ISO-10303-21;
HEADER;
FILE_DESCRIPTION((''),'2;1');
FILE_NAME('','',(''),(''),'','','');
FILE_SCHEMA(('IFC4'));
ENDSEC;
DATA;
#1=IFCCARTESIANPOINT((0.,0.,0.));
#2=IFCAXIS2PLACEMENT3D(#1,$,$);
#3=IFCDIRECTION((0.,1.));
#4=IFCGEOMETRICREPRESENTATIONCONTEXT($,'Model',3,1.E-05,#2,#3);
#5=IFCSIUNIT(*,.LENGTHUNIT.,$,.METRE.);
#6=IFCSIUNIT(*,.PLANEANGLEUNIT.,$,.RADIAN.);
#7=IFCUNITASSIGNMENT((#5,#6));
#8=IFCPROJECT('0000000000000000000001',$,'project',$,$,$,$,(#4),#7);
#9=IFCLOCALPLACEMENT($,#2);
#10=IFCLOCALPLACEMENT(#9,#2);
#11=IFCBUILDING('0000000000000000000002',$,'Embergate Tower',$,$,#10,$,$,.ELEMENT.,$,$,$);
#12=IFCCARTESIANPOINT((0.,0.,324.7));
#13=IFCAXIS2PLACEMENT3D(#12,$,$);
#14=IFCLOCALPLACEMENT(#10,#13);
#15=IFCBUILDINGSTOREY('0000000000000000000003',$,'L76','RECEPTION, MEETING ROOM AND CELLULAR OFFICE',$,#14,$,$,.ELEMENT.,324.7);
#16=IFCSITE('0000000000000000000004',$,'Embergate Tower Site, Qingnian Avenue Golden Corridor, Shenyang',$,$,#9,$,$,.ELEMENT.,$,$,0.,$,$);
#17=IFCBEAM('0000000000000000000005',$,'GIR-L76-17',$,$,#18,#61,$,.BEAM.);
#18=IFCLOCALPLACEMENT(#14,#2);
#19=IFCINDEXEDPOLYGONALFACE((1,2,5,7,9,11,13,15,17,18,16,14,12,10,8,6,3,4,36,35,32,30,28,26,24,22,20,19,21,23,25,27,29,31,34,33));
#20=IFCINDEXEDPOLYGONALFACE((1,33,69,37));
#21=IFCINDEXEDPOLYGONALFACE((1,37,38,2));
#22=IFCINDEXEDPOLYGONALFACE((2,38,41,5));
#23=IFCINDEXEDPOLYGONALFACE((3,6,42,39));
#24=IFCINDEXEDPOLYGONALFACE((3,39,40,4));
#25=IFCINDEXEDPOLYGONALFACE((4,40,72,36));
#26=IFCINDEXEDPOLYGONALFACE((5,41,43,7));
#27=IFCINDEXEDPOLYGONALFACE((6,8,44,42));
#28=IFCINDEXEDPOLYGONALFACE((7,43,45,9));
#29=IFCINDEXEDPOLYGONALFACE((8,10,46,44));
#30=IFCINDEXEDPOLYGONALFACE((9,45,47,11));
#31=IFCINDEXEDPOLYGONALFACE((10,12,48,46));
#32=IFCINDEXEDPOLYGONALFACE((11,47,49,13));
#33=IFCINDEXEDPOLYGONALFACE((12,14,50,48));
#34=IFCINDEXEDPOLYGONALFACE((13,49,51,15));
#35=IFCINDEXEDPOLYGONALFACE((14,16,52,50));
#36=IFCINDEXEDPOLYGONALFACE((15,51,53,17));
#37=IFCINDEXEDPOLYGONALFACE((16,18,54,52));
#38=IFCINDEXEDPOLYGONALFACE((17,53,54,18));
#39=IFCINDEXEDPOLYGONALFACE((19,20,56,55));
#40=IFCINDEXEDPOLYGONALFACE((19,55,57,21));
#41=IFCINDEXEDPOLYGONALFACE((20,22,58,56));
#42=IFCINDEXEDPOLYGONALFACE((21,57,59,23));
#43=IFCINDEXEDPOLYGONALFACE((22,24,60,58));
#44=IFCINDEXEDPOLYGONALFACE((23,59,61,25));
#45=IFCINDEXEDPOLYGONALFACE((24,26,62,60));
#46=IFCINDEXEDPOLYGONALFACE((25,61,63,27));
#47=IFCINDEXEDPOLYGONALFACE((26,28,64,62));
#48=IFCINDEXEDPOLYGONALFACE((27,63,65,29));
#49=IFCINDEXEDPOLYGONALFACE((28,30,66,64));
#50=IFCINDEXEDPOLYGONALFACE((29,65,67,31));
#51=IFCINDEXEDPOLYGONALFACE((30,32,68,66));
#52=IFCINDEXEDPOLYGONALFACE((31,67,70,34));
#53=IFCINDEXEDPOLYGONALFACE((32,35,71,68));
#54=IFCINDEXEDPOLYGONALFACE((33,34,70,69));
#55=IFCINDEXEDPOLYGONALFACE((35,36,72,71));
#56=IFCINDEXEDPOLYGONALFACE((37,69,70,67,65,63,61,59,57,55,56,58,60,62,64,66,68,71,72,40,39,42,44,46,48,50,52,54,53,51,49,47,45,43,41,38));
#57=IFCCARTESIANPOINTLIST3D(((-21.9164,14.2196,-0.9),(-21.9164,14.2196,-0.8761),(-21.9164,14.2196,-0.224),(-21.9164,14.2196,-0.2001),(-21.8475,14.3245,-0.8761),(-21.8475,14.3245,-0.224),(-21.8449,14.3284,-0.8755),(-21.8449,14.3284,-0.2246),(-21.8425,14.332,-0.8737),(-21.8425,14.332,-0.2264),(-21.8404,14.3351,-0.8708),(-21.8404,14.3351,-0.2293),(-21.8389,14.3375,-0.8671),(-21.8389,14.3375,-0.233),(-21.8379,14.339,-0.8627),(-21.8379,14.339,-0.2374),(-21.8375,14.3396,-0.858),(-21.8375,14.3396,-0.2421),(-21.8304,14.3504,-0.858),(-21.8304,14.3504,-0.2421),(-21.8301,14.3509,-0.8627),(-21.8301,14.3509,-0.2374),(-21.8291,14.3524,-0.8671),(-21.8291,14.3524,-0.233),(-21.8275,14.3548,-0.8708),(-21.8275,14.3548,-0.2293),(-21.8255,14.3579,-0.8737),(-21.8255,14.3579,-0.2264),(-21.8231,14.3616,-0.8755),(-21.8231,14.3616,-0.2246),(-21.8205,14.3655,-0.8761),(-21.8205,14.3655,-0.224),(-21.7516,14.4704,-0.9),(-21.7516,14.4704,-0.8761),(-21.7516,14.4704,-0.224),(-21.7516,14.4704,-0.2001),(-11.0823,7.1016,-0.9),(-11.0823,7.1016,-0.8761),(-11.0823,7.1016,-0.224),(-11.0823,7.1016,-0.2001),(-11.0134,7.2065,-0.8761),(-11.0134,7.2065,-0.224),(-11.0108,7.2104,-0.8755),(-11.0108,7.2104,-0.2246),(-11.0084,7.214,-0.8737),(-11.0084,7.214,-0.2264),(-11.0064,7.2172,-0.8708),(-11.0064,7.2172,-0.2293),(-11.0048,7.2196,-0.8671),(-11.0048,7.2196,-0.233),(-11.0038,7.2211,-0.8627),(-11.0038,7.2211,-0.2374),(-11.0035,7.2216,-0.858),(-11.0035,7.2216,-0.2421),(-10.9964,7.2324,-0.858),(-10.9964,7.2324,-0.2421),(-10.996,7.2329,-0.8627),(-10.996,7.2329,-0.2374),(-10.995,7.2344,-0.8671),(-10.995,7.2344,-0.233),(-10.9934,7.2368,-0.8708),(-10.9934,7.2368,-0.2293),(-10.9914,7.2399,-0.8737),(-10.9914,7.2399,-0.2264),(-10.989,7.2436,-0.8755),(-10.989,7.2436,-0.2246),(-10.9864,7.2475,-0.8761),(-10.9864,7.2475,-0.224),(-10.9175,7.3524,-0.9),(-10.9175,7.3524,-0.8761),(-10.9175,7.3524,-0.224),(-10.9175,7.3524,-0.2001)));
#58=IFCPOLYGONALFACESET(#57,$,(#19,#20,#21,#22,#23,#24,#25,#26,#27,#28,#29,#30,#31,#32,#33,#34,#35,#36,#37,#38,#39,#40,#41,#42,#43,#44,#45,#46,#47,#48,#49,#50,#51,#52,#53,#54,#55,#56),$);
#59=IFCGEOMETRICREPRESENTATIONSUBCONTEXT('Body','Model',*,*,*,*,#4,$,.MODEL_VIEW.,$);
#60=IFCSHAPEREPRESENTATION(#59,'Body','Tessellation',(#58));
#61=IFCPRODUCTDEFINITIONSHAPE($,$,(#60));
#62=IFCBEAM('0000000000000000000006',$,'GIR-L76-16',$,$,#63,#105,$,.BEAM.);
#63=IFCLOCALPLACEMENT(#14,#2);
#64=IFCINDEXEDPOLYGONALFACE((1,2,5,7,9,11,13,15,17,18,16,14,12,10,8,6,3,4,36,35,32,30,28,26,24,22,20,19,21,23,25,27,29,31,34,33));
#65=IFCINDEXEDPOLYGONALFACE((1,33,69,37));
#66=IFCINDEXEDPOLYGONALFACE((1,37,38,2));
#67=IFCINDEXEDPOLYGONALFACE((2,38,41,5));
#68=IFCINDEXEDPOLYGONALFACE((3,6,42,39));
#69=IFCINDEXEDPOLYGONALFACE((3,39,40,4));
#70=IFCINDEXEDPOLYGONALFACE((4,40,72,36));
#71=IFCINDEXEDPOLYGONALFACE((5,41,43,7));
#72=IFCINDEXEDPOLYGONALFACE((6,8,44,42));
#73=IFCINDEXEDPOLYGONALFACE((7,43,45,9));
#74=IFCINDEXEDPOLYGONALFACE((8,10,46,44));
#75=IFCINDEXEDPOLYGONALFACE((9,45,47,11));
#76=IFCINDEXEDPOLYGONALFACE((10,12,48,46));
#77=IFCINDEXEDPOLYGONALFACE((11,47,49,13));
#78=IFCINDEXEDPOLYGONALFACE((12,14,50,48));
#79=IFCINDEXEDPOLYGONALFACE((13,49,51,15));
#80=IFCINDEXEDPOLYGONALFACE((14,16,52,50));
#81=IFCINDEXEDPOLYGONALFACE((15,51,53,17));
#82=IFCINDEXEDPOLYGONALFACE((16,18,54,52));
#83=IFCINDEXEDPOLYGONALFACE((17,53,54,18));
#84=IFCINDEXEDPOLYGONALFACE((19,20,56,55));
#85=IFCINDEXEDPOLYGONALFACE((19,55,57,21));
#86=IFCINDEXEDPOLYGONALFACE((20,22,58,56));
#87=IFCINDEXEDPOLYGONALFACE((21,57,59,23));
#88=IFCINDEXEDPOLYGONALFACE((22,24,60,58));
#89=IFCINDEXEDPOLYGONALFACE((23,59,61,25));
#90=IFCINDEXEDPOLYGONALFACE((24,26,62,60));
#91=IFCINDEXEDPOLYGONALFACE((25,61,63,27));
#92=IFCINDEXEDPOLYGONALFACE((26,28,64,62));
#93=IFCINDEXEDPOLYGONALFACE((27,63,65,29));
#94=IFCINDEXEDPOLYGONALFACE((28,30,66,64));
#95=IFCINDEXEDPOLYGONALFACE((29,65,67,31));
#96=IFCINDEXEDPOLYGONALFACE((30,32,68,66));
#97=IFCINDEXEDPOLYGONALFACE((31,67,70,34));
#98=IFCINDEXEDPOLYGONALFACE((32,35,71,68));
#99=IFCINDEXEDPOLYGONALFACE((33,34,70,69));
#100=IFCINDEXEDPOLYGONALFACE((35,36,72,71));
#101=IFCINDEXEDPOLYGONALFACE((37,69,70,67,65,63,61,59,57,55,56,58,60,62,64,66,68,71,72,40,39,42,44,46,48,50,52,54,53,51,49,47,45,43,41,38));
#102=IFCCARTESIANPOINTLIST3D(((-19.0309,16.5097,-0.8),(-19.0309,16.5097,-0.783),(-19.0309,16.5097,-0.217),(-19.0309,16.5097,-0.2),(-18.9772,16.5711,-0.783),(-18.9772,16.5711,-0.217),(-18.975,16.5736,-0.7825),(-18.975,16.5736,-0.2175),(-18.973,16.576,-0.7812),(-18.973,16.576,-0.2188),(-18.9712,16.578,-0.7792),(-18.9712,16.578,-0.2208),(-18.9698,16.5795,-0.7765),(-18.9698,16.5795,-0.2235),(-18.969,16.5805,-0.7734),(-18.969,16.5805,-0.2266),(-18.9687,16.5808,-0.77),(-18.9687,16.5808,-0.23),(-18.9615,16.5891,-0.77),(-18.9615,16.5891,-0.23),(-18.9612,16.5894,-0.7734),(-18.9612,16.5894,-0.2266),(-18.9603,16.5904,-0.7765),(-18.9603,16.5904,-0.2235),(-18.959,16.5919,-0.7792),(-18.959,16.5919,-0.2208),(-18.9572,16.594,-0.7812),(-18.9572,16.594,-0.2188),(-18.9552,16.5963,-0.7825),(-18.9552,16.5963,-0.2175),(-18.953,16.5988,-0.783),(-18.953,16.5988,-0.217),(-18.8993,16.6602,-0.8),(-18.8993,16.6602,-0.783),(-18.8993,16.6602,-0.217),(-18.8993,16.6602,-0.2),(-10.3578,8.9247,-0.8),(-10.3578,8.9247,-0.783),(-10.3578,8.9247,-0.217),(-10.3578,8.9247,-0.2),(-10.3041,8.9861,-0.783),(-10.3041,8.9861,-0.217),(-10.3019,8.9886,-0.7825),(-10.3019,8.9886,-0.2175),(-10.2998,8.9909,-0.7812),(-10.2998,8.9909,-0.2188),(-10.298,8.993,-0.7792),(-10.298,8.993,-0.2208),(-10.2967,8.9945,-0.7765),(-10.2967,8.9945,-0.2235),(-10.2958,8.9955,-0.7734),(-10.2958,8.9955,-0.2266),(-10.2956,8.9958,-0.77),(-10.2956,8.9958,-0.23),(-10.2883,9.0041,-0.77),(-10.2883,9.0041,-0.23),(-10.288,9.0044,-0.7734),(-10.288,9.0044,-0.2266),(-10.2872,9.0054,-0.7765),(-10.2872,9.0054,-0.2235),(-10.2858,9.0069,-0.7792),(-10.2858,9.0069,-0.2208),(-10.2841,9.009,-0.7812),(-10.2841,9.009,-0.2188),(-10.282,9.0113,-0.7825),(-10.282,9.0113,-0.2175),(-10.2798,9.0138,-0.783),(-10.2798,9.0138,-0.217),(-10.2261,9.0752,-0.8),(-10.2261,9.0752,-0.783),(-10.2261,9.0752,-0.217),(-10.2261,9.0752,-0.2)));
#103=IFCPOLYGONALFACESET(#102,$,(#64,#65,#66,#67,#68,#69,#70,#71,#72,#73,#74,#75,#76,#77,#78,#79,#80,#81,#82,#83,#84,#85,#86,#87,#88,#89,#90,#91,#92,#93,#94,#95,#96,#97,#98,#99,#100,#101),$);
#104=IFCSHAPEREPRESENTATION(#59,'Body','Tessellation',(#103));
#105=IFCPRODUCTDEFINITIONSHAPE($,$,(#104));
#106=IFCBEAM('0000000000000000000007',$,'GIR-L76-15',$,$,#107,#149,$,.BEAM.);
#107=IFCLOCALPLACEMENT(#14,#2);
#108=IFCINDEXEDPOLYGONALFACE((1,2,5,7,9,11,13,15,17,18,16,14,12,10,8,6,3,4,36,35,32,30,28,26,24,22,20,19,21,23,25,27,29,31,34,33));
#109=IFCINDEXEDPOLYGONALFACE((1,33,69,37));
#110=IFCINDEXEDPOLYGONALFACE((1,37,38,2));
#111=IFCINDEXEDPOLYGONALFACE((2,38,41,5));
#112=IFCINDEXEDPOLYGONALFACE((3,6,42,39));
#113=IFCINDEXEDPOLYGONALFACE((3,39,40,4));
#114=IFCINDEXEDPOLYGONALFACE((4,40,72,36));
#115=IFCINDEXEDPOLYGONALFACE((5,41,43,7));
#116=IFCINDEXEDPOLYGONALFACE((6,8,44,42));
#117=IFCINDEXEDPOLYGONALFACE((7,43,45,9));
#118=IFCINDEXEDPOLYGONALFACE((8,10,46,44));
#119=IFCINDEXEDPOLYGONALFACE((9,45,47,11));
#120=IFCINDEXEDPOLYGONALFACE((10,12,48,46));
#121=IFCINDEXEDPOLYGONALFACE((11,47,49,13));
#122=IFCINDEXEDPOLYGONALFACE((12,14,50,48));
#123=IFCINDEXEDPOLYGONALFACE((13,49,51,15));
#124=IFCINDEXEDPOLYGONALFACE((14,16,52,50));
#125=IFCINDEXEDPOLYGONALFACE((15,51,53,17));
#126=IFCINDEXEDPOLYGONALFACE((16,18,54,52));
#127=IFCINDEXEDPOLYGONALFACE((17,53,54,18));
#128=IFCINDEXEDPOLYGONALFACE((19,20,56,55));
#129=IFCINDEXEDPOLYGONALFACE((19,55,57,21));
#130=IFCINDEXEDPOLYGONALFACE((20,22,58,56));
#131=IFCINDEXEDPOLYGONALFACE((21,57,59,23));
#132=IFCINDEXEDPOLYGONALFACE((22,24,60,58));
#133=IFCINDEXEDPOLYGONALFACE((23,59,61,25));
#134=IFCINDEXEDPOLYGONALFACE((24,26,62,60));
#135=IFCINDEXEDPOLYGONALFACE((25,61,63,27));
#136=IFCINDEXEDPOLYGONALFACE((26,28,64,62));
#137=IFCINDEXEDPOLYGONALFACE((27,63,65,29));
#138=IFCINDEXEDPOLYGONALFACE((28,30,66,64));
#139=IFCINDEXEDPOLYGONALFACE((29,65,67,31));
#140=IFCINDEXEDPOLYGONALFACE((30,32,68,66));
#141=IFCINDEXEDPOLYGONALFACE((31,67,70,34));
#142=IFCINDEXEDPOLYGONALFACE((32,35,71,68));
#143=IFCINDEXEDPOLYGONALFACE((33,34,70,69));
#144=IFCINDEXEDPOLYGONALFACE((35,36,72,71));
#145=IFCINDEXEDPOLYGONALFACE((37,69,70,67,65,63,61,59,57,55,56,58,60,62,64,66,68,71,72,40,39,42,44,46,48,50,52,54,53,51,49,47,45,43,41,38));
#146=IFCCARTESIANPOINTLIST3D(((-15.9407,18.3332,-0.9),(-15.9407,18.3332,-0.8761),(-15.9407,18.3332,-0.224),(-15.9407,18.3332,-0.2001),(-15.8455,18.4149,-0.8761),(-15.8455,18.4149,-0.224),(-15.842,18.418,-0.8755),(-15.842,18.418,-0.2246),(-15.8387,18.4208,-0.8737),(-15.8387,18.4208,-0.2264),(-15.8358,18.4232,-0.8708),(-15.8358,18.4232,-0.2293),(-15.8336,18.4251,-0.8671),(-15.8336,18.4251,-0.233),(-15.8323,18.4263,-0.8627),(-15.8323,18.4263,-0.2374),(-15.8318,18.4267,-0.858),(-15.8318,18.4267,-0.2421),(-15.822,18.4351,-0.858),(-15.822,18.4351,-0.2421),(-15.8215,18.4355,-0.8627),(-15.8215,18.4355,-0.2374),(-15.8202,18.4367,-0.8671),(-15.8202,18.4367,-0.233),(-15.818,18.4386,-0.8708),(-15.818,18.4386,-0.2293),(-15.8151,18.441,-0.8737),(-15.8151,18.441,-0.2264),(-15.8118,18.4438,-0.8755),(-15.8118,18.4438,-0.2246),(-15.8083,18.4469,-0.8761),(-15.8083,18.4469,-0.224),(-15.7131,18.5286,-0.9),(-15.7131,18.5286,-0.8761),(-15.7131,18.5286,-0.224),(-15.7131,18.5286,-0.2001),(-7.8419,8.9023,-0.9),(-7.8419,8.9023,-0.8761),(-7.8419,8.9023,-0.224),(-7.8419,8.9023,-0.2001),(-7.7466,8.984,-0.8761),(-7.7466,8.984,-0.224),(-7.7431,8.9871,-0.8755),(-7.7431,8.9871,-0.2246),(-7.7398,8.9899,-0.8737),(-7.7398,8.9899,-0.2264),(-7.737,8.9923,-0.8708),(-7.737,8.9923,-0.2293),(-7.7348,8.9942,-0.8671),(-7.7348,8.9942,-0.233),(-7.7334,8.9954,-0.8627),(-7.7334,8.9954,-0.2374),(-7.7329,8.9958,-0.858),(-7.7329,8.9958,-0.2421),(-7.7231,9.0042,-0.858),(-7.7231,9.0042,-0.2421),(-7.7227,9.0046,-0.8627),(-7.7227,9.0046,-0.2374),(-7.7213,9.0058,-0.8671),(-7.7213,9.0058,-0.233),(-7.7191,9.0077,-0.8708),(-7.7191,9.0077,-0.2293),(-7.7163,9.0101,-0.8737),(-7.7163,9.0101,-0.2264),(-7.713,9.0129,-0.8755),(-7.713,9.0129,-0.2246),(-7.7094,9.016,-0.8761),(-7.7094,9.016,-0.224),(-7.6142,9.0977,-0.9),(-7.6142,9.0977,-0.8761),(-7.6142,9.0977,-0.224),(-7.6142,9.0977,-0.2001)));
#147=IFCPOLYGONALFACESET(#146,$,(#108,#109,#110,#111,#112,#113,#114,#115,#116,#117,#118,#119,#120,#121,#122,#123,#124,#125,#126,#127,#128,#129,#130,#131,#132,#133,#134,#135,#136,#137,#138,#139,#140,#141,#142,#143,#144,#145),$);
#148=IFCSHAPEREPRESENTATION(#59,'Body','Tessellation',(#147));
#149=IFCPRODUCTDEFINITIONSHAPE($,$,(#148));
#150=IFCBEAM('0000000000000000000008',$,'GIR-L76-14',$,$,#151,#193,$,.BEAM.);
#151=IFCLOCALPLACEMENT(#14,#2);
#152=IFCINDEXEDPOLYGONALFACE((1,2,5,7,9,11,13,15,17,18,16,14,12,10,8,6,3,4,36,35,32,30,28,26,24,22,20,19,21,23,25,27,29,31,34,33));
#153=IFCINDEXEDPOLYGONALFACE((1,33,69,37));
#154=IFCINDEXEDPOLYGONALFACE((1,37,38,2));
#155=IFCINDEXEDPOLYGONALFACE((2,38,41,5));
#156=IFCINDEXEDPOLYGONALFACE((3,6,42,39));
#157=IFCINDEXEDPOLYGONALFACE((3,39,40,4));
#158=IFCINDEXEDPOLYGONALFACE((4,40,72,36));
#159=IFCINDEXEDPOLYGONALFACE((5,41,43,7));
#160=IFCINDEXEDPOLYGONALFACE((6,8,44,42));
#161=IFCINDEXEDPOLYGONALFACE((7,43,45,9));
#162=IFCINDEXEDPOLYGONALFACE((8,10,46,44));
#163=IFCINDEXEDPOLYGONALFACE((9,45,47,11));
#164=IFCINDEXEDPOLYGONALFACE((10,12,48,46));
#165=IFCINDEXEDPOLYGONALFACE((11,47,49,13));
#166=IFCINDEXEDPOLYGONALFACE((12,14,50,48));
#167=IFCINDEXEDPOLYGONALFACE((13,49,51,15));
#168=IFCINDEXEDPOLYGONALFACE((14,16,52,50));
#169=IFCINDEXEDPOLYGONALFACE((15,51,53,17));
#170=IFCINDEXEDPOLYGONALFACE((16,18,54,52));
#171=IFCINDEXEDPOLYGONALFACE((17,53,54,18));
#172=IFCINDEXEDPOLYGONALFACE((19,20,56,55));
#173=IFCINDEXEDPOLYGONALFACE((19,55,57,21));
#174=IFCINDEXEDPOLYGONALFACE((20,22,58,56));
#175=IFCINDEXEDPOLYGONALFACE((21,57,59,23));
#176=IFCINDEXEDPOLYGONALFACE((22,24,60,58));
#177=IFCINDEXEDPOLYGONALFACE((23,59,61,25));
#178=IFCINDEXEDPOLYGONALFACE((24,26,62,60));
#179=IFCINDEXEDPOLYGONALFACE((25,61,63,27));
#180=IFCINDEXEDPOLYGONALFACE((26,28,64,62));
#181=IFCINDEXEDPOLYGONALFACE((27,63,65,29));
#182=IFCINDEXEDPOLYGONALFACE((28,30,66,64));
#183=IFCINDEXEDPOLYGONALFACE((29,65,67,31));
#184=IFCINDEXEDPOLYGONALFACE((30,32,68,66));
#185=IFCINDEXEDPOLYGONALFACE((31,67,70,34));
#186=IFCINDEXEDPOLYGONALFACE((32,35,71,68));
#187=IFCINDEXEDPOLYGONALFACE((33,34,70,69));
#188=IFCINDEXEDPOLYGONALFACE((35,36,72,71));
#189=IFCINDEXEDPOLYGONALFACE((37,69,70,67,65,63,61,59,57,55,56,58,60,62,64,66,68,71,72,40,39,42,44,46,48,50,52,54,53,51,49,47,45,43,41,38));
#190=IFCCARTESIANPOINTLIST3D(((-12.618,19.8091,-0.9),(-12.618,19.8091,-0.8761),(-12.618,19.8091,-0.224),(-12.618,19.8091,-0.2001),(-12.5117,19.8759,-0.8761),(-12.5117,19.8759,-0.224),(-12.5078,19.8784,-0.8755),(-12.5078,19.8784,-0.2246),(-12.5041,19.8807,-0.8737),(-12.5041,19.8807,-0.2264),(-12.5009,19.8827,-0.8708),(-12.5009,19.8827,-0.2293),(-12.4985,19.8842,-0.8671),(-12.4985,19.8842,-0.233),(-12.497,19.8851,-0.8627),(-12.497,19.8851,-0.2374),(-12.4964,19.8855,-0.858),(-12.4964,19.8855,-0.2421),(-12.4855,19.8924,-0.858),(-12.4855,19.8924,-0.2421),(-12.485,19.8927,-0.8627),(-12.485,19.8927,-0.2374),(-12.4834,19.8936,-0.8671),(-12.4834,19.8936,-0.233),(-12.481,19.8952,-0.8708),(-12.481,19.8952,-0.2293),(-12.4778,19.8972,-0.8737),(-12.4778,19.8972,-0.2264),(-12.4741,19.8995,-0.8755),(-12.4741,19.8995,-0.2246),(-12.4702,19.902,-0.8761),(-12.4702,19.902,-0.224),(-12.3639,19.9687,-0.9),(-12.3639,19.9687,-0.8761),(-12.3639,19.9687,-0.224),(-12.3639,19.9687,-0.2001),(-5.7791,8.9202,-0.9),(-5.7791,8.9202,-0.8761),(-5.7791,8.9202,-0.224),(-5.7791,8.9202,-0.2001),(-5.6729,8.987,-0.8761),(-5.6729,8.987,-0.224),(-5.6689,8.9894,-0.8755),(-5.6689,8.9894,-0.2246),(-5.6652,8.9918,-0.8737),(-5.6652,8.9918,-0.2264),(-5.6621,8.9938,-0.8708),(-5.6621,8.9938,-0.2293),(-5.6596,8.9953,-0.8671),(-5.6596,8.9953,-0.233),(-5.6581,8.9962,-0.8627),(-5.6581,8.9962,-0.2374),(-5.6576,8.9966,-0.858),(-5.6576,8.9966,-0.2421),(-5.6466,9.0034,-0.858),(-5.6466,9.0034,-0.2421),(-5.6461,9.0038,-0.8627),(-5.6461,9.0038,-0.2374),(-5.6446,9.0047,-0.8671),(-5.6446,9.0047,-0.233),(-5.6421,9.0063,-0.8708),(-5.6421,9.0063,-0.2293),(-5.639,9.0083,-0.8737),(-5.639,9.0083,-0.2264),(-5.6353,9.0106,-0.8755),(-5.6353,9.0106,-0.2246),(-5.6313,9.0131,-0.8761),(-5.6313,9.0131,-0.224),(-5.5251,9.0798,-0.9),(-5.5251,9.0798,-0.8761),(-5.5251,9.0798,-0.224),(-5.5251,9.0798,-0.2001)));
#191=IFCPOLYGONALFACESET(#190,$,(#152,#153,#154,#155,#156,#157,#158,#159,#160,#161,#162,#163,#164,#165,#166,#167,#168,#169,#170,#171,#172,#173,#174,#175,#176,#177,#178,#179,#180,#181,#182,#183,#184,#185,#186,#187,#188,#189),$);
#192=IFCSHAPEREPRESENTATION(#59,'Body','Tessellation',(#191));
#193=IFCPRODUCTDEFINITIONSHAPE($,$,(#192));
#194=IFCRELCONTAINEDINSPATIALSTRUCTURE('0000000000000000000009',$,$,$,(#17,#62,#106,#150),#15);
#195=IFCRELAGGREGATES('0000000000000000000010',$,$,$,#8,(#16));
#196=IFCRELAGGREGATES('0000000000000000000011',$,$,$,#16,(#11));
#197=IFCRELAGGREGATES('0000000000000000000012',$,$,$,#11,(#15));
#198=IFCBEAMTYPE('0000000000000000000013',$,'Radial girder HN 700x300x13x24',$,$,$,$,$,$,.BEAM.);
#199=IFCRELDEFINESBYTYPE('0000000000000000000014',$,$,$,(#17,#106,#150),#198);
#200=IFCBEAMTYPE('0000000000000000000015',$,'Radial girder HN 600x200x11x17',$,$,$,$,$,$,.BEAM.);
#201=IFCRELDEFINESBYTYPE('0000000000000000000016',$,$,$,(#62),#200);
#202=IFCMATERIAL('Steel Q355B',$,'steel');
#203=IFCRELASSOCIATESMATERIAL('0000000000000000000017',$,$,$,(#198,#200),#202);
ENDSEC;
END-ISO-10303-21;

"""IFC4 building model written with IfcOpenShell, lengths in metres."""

from ifc_helpers import new_model, si_unit, direction, frame, origin, origin_2d, place, context, subcontext, project, spatial, i_section, extrude, source, transform, mapped, material, material_profile, profile_set, type_object, element, save


model = new_model("IFC4")

# Units and contexts
model_context = context("Model", 3, precision=1e-05, world=origin(), true_north=direction((0.0, 1.0)))
body_context = subcontext(model_context, "Body", "Model", "MODEL_VIEW")
ifc_project = project(units=[si_unit("LENGTHUNIT", "METRE"), si_unit("PLANEANGLEUNIT", "RADIAN")], contexts=[model_context])

# Site, building, storey
site_placement = place(None, origin())
site = spatial("IfcSite", under=ifc_project, at=site_placement, Name="Embergate Tower Site, Qingnian Avenue Golden Corridor, Shenyang", CompositionType="ELEMENT", RefElevation=0.0)
building_placement = place(site_placement, origin())
building = spatial("IfcBuilding", under=site, at=building_placement, Name="Embergate Tower", CompositionType="ELEMENT")
storey_placement = place(building_placement, frame((0.0, 0.0, 324.7)))
storey = spatial("IfcBuildingStorey", under=building, at=storey_placement, Name="L76", Description="RECEPTION, MEETING ROOM AND CELLULAR OFFICE", CompositionType="ELEMENT", Elevation=324.7)

# Beams
ifc_material_1 = material(Name="Steel Q355B", Category="steel")
ifc_material_profile_1 = material_profile(ifc_material_1, i_section(OverallWidth=0.3, OverallDepth=0.7, WebThickness=0.0129, FlangeThickness=0.0239, FilletRadius=0.0181, at=origin_2d()), Name="HN 700x300x13x24")
ifc_profile_set_1 = profile_set([ifc_material_profile_1], Name="Steel Q355 grade B")
beam_type_1 = type_object("IfcBeamType", Name="Radial girder HN 700x300x13x24", PredefinedType="BEAM", material=ifc_profile_set_1)
shared_shape_1 = source(origin(), body_context, "Body", "SweptSolid", [
    extrude(i_section(OverallWidth=0.3, OverallDepth=0.7, WebThickness=0.0129, FlangeThickness=0.0239, FilletRadius=0.0181, at=origin_2d()), origin(), (0.0, 0.0, 1.0), 12.9631),
])
beam_1_placement = place(storey_placement, frame((-21.834, 14.345, -0.55), z_axis=(0.835761, -0.549094, 0.0), x_axis=(0.549094, 0.835761, 0.0)))
element("IfcBeam", 1, at=beam_1_placement, inside=storey, type_object=beam_type_1, Name="GIR-L76-17", PredefinedType="BEAM", context=body_context, shape_type="MappedRepresentation", body=[
    mapped(shared_shape_1, transform((0.0, 0.0, 0.0))),
])
ifc_material_profile_2 = material_profile(ifc_material_1, i_section(OverallWidth=0.2, OverallDepth=0.6001, WebThickness=0.011, FlangeThickness=0.0171, FilletRadius=0.0129, at=origin_2d()), Name="HN 600x200x11x17")
ifc_profile_set_2 = profile_set([ifc_material_profile_2], Name="Steel Q355 grade B")
beam_type_2 = type_object("IfcBeamType", Name="Radial girder HN 600x200x11x17", PredefinedType="BEAM", material=ifc_profile_set_2)
shared_shape_2 = source(origin(), body_context, "Body", "SweptSolid", [
    extrude(i_section(OverallWidth=0.2, OverallDepth=0.6001, WebThickness=0.011, FlangeThickness=0.0171, FilletRadius=0.0129, at=origin_2d()), origin(), (0.0, 0.0, 1.0), 11.522),
])
beam_2_placement = place(storey_placement, frame((-18.9651, 16.585, -0.5), z_axis=(0.752749, -0.658308, 0.0), x_axis=(0.658308, 0.752749, 0.0)))
element("IfcBeam", 2, at=beam_2_placement, inside=storey, type_object=beam_type_2, Name="GIR-L76-16", PredefinedType="BEAM", context=body_context, shape_type="MappedRepresentation", body=[
    mapped(shared_shape_2, transform((0.0, 0.0, 0.0))),
])
shared_shape_3 = source(origin(), body_context, "Body", "SweptSolid", [
    extrude(i_section(OverallWidth=0.3, OverallDepth=0.7, WebThickness=0.0129, FlangeThickness=0.0239, FilletRadius=0.0181, at=origin_2d()), origin(), (0.0, 0.0, 1.0), 12.4312),
])
beam_3_placement = place(storey_placement, frame((-15.8269, 18.4309, -0.55), z_axis=(0.651498, -0.75865, 0.0), x_axis=(0.75865, 0.651498, 0.0)))
element("IfcBeam", 3, at=beam_3_placement, inside=storey, type_object=beam_type_1, Name="GIR-L76-15", PredefinedType="BEAM", context=body_context, shape_type="MappedRepresentation", body=[
    mapped(shared_shape_3, transform((0.0, 0.0, 0.0))),
])
shared_shape_4 = source(origin(), body_context, "Body", "SweptSolid", [
    extrude(i_section(OverallWidth=0.3, OverallDepth=0.7, WebThickness=0.0129, FlangeThickness=0.0239, FilletRadius=0.0181, at=origin_2d()), origin(), (0.0, 0.0, 1.0), 12.8584),
])
beam_4_placement = place(storey_placement, frame((-12.491, 19.8889, -0.55), z_axis=(0.53186, -0.846833, 0.0), x_axis=(0.846833, 0.53186, 0.0)))
element("IfcBeam", 4, at=beam_4_placement, inside=storey, type_object=beam_type_1, Name="GIR-L76-14", PredefinedType="BEAM", context=body_context, shape_type="MappedRepresentation", body=[
    mapped(shared_shape_4, transform((0.0, 0.0, 0.0))),
])

save(model, "model.ifc")
